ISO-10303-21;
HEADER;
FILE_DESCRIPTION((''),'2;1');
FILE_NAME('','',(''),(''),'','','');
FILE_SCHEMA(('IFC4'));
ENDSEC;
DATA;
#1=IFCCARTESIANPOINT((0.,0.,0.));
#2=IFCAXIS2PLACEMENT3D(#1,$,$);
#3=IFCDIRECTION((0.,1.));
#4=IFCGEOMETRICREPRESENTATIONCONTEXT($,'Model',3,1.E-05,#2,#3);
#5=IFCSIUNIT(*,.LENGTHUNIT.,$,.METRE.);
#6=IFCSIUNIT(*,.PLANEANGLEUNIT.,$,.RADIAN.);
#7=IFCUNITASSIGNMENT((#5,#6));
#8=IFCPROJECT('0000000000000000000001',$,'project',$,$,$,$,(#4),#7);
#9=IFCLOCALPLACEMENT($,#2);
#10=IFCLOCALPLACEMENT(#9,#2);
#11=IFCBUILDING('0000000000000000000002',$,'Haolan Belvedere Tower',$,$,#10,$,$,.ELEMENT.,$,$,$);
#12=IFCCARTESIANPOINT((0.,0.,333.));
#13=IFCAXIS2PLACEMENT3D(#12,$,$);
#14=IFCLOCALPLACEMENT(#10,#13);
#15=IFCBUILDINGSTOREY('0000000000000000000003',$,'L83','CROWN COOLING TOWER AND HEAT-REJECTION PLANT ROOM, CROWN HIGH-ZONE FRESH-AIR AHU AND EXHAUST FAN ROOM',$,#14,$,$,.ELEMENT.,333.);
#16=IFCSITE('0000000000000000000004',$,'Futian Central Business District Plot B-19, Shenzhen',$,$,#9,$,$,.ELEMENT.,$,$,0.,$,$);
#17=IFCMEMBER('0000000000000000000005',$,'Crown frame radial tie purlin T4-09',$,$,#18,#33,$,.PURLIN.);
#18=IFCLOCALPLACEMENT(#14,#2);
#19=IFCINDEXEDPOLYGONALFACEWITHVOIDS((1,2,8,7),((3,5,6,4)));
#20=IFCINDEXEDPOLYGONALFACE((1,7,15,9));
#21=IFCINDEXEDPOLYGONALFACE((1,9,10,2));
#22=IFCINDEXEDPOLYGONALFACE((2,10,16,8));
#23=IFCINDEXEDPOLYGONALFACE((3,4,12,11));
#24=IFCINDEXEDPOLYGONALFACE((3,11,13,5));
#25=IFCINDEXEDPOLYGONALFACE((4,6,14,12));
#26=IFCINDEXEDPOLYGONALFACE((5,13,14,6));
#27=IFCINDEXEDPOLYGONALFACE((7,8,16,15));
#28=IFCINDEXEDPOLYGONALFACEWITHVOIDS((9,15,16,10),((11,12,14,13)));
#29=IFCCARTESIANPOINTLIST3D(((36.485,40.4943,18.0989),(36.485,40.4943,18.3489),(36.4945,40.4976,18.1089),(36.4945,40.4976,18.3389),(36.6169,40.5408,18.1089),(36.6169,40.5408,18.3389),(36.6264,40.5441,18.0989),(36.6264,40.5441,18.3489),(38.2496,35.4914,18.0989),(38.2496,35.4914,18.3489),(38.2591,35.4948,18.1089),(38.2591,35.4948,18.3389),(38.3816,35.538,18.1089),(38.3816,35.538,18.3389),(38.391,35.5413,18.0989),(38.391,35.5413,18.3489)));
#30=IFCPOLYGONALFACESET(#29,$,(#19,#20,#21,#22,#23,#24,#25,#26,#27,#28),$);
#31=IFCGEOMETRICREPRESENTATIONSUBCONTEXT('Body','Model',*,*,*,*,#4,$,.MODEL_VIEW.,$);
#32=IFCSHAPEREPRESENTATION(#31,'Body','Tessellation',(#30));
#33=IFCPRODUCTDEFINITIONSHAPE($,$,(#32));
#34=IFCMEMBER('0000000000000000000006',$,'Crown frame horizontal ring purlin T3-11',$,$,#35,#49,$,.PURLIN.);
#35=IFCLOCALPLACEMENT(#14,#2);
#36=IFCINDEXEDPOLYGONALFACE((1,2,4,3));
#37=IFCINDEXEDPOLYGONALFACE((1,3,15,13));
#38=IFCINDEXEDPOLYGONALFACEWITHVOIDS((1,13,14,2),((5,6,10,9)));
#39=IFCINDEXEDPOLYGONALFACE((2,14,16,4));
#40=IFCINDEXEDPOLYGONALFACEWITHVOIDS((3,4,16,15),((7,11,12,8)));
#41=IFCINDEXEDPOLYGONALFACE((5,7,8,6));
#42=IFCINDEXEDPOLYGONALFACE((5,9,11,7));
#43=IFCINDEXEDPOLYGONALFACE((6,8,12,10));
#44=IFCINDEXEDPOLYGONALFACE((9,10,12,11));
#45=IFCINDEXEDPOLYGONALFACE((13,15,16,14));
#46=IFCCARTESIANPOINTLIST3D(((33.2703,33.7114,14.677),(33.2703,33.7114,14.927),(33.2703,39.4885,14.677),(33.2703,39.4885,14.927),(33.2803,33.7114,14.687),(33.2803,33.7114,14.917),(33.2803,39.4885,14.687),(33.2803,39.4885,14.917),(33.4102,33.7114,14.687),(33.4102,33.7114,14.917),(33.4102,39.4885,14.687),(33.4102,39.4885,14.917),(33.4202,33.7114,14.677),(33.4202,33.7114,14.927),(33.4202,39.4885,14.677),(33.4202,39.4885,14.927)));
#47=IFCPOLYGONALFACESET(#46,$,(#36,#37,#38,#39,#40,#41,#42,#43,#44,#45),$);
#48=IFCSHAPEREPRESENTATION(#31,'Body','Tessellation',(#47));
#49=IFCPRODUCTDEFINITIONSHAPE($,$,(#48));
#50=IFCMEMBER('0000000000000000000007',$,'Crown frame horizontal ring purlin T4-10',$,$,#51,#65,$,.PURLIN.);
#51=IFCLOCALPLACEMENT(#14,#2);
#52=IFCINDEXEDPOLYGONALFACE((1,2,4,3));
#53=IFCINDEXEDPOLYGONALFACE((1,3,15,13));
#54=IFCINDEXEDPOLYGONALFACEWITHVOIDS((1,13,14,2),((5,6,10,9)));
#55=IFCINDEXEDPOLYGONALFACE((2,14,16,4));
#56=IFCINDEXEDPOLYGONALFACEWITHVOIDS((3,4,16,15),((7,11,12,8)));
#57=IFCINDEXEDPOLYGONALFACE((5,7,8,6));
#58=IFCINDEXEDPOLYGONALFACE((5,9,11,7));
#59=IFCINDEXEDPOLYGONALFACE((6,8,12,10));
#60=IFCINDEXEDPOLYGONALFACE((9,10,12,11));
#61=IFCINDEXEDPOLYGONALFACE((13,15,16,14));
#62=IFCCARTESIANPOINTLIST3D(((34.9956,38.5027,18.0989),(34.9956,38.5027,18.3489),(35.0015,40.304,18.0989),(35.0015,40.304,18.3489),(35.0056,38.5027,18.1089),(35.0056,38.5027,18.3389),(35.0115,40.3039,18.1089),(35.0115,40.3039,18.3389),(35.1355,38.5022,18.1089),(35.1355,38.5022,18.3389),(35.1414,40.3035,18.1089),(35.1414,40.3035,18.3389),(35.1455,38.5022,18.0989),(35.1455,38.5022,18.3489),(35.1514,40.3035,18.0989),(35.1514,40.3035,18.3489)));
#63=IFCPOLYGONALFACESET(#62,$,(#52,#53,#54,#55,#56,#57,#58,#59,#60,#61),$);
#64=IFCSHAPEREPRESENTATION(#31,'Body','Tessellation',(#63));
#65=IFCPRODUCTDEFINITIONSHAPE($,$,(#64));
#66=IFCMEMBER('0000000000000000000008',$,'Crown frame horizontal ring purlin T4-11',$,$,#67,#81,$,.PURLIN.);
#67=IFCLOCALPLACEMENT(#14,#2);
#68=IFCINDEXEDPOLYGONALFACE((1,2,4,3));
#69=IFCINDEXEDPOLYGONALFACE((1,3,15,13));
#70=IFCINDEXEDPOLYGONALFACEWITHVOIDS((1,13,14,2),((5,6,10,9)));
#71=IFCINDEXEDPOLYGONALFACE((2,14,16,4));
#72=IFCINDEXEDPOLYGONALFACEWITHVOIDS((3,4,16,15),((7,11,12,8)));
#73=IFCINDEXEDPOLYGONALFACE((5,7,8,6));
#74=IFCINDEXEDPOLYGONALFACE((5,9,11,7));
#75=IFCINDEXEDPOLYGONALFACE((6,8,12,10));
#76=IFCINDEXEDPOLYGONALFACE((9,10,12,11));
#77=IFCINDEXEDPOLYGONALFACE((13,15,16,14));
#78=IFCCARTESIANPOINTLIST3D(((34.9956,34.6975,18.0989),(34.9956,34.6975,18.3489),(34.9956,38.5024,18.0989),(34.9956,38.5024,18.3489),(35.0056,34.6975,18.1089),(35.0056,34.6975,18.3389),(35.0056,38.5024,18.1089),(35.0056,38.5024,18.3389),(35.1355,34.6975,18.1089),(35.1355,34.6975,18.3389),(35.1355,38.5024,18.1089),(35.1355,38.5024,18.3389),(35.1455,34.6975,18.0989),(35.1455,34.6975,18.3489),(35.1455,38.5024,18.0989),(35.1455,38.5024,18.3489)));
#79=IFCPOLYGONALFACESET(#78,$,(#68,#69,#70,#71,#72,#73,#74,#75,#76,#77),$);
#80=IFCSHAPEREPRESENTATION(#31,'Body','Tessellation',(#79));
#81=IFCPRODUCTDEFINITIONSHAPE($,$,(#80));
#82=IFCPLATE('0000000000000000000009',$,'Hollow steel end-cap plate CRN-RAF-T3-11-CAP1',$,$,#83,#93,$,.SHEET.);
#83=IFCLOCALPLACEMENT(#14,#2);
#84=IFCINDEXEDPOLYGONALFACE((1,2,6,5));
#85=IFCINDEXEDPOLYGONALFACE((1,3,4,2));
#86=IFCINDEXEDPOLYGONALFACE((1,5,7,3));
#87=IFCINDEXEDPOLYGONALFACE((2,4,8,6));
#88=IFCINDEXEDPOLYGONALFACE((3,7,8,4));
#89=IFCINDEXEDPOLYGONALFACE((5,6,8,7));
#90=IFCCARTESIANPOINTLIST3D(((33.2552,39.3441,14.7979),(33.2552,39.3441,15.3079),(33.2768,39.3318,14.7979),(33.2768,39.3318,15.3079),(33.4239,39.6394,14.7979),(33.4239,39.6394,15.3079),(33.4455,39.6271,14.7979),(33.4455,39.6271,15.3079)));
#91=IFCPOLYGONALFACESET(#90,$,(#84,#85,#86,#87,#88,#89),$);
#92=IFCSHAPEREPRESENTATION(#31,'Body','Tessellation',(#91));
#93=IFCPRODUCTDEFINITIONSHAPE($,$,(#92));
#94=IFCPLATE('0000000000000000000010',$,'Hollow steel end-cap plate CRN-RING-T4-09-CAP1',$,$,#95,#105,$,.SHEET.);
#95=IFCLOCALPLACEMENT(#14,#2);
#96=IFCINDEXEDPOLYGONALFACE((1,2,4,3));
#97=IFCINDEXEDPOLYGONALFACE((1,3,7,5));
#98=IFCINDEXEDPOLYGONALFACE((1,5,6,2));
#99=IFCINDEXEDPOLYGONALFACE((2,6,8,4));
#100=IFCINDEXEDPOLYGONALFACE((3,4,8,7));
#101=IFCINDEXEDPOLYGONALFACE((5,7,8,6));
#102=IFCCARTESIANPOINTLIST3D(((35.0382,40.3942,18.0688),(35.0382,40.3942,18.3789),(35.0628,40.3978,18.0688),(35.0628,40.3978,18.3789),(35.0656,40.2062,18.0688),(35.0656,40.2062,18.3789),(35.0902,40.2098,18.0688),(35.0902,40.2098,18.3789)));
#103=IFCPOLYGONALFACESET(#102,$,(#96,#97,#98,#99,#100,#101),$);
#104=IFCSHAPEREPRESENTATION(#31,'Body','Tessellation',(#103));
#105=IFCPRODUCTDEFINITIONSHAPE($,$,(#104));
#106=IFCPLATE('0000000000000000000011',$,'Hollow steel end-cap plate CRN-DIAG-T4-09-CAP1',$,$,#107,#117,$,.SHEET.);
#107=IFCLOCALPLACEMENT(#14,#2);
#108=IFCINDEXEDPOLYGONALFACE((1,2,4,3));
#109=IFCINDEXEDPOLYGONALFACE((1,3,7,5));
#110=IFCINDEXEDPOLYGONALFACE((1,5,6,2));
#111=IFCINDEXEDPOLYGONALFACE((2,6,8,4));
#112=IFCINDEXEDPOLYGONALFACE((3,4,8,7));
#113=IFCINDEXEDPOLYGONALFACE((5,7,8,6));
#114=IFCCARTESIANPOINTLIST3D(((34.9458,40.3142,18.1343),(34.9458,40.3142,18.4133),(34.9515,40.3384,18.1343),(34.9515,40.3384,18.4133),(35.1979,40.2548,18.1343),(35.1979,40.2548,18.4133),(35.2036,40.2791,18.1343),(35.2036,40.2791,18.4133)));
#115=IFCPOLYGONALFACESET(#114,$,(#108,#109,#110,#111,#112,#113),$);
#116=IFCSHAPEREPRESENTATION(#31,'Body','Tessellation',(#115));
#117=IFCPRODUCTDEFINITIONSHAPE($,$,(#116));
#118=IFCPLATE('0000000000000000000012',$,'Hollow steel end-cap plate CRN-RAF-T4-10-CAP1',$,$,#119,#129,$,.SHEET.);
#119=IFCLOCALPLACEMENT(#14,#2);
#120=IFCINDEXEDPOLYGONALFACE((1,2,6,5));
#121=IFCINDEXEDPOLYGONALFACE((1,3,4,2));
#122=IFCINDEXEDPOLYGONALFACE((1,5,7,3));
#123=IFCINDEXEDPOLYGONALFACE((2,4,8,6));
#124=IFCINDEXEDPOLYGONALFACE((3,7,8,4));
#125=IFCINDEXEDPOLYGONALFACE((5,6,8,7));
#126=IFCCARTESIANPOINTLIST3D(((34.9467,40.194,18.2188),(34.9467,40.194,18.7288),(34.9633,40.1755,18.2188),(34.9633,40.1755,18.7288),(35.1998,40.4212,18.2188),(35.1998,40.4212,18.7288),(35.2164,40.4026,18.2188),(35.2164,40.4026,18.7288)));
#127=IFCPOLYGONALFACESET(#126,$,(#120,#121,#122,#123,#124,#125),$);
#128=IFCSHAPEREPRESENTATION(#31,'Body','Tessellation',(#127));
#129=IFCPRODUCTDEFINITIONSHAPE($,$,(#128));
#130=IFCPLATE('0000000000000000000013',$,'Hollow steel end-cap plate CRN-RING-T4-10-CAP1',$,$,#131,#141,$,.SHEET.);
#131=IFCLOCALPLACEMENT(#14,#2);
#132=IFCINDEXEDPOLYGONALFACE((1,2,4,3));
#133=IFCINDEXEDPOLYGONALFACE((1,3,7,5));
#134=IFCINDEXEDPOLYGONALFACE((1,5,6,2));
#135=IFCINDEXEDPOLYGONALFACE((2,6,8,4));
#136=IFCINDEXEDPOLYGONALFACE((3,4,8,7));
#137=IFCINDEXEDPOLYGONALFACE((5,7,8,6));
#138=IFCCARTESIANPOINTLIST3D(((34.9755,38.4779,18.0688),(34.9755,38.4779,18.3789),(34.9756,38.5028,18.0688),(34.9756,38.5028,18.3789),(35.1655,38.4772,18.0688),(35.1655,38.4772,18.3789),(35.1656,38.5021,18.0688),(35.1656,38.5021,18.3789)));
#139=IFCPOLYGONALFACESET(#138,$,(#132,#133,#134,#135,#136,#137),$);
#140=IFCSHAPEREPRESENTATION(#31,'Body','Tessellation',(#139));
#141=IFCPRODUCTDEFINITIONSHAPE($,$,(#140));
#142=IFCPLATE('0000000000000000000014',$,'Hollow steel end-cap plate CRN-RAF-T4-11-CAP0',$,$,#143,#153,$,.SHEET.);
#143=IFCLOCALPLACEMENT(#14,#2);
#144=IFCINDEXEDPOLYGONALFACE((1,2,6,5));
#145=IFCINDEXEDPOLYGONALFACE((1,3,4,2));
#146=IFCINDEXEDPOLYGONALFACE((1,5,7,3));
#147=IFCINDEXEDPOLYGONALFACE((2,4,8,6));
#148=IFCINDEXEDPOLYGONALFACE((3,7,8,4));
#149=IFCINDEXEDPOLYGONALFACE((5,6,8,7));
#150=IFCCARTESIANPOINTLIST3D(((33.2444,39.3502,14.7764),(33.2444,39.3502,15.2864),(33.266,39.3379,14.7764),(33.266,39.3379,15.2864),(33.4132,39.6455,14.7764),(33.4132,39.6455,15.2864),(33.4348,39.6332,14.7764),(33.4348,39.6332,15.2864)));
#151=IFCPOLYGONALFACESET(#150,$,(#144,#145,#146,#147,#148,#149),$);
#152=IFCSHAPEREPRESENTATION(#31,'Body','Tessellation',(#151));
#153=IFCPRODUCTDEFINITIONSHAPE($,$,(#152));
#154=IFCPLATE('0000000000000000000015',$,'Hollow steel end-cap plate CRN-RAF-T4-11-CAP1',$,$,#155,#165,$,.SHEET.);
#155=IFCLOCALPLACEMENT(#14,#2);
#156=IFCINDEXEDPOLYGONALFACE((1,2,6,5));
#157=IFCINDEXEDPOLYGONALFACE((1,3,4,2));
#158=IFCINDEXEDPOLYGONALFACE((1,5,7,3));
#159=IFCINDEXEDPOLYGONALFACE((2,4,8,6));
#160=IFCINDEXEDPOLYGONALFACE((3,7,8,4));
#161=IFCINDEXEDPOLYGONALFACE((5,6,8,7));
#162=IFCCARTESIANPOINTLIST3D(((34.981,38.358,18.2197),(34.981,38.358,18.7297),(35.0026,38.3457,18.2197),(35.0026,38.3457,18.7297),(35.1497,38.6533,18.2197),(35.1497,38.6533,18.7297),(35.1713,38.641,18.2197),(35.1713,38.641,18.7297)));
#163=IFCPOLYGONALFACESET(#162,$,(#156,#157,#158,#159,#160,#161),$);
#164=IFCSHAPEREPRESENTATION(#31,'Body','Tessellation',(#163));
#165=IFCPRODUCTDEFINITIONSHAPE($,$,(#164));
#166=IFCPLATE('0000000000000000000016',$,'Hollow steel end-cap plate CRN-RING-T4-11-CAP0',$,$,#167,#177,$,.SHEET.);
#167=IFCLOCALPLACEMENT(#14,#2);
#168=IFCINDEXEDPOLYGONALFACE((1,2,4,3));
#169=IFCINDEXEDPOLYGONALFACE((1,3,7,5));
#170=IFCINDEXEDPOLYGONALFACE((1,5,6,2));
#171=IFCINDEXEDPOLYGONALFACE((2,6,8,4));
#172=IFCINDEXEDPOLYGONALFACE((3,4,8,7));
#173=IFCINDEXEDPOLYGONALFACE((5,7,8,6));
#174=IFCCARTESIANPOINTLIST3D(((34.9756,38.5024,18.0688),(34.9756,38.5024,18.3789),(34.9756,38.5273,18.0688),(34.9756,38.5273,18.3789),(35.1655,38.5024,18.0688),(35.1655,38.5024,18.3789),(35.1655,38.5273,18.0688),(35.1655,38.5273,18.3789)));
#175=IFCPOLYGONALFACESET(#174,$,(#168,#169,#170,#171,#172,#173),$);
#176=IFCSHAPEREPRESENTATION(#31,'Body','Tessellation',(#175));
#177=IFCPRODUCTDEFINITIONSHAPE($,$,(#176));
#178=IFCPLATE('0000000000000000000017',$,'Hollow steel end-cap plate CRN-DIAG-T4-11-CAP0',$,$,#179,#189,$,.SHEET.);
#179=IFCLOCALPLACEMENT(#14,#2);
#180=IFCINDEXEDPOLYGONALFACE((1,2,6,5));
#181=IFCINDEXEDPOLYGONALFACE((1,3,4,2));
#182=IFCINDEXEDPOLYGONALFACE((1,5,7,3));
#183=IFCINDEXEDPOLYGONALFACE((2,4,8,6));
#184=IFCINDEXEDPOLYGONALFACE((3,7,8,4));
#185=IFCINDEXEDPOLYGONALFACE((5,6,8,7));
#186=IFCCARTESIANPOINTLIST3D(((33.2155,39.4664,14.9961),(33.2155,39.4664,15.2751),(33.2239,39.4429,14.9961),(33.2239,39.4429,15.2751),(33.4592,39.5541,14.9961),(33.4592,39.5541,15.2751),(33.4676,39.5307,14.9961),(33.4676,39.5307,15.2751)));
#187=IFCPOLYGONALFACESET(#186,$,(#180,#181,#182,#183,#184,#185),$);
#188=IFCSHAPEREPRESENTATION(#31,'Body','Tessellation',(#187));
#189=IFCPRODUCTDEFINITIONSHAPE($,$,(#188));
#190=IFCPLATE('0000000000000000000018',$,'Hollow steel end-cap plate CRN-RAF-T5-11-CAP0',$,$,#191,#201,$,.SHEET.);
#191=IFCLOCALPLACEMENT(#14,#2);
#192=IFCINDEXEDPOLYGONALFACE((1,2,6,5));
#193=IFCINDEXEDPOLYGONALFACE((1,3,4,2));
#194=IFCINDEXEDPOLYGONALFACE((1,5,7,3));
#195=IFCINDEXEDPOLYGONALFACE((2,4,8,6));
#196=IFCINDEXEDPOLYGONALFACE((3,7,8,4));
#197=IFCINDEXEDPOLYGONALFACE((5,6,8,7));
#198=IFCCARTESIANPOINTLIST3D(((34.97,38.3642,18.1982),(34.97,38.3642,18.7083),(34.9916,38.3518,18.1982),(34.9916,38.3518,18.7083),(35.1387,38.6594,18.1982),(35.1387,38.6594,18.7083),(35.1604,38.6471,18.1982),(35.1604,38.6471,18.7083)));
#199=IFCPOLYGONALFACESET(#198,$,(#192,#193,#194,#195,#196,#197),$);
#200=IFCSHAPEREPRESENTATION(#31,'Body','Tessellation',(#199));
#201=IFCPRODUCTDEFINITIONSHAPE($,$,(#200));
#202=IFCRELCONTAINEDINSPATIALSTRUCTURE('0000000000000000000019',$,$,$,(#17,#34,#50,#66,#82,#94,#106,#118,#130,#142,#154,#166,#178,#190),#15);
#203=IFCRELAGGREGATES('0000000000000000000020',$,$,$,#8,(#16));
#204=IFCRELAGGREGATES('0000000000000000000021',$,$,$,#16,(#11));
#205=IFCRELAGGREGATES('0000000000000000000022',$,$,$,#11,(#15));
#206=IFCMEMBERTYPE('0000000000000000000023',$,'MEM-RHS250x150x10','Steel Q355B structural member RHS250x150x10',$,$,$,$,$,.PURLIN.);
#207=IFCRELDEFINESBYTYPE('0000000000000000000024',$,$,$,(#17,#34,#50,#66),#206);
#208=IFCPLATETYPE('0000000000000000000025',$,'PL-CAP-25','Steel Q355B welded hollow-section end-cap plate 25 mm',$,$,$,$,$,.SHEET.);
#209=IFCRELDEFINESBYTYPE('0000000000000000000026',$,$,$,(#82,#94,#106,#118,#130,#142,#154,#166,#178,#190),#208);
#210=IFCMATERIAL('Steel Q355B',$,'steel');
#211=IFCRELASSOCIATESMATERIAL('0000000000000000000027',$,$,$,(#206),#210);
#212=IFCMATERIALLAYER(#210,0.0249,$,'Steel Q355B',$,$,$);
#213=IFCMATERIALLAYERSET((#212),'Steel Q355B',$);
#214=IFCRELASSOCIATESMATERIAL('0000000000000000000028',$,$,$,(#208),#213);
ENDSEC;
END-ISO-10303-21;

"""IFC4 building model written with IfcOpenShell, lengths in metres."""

from ifc_helpers import new_model, si_unit, direction, frame, origin, origin_2d, place, context, subcontext, project, spatial, rectangle, hollow_rectangle, extrude, material, layer, layer_set, material_profile, profile_set, type_object, element, save


model = new_model("IFC4")

# Units and contexts
model_context = context("Model", 3, precision=1e-05, world=origin(), true_north=direction((0.0, 1.0)))
body_context = subcontext(model_context, "Body", "Model", "MODEL_VIEW")
ifc_project = project(units=[si_unit("LENGTHUNIT", "METRE"), si_unit("PLANEANGLEUNIT", "RADIAN")], contexts=[model_context])

# Site, building, storey
site_placement = place(None, origin())
site = spatial("IfcSite", under=ifc_project, at=site_placement, Name="Futian Central Business District Plot B-19, Shenzhen", CompositionType="ELEMENT", RefElevation=0.0)
building_placement = place(site_placement, origin())
building = spatial("IfcBuilding", under=site, at=building_placement, Name="Haolan Belvedere Tower", CompositionType="ELEMENT")
storey_placement = place(building_placement, frame((0.0, 0.0, 333.0)))
storey = spatial("IfcBuildingStorey", under=building, at=storey_placement, Name="L83", Description="CROWN COOLING TOWER AND HEAT-REJECTION PLANT ROOM, CROWN HIGH-ZONE FRESH-AIR AHU AND EXHAUST FAN ROOM", CompositionType="ELEMENT", Elevation=333.0)

# Members
ifc_material_1 = material(Name="Steel Q355B", Category="steel")
ifc_material_profile_1 = material_profile(ifc_material_1, hollow_rectangle(XDim=0.1499, YDim=0.25, WallThickness=0.01, at=origin_2d()), Name="Steel Q355B")
ifc_profile_set_1 = profile_set([ifc_material_profile_1], Name="Steel Q355B")
member_type_1 = type_object("IfcMemberType", Name="MEM-RHS250x150x10", Description="Steel Q355B structural member RHS250x150x10", PredefinedType="PURLIN", material=ifc_profile_set_1)
member_1_placement = place(storey_placement, frame((38.3203, 35.5164, 18.2239), z_axis=(-0.332637, 0.943055, 0.0), x_axis=(-0.943055, -0.332637, 0.0)))
element("IfcMember", 1, at=member_1_placement, inside=storey, type_object=member_type_1, Name="Crown frame radial tie purlin T4-09", PredefinedType="PURLIN", context=body_context, shape_type="SweptSolid", body=[
    extrude(hollow_rectangle(XDim=0.1499, YDim=0.25, WallThickness=0.01, at=origin_2d()), origin(), (0.0, 0.0, 1.0), 5.3049),
])
member_2_placement = place(storey_placement, frame((33.3452, 39.4885, 14.802), z_axis=(0.0, -1.0, 0.0), x_axis=(1.0, 0.0, 0.0)))
element("IfcMember", 2, at=member_2_placement, inside=storey, type_object=member_type_1, Name="Crown frame horizontal ring purlin T3-11", PredefinedType="PURLIN", context=body_context, shape_type="SweptSolid", body=[
    extrude(hollow_rectangle(XDim=0.1499, YDim=0.25, WallThickness=0.01, at=origin_2d()), origin(), (0.0, 0.0, 1.0), 5.7771),
])
member_3_placement = place(storey_placement, frame((35.0764, 40.3037, 18.2239), z_axis=(-0.003253, -0.999995, 0.0), x_axis=(0.999995, -0.003253, 0.0)))
element("IfcMember", 3, at=member_3_placement, inside=storey, type_object=member_type_1, Name="Crown frame horizontal ring purlin T4-10", PredefinedType="PURLIN", context=body_context, shape_type="SweptSolid", body=[
    extrude(hollow_rectangle(XDim=0.1499, YDim=0.25, WallThickness=0.01, at=origin_2d()), origin(), (0.0, 0.0, 1.0), 1.8013),
])
member_4_placement = place(storey_placement, frame((35.0706, 38.5024, 18.2239), z_axis=(0.0, -1.0, 0.0), x_axis=(1.0, 0.0, 0.0)))
element("IfcMember", 4, at=member_4_placement, inside=storey, type_object=member_type_1, Name="Crown frame horizontal ring purlin T4-11", PredefinedType="PURLIN", context=body_context, shape_type="SweptSolid", body=[
    extrude(hollow_rectangle(XDim=0.1499, YDim=0.25, WallThickness=0.01, at=origin_2d()), origin(), (0.0, 0.0, 1.0), 3.8049),
])

# Plates
ifc_layer_1 = layer(ifc_material_1, 0.0249, Name="Steel Q355B")
ifc_layer_set_1 = layer_set([ifc_layer_1], Name="Steel Q355B")
plate_type = type_object("IfcPlateType", Name="PL-CAP-25", Description="Steel Q355B welded hollow-section end-cap plate 25 mm", PredefinedType="SHEET", material=ifc_layer_set_1)
plate_1_placement = place(storey_placement, frame((33.3503, 39.4856, 14.7979), z_axis=(0.0, 0.0, 1.0), x_axis=(0.496141, 0.868242, 0.0)))
element("IfcPlate", 5, at=plate_1_placement, inside=storey, type_object=plate_type, Name="Hollow steel end-cap plate CRN-RAF-T3-11-CAP1", PredefinedType="SHEET", context=body_context, shape_type="SweptSolid", body=[
    extrude(rectangle(XDim=0.3401, YDim=0.0249, at=origin_2d()), origin(), (0.0, 0.0, 1.0), 0.51),
])
plate_2_placement = place(storey_placement, frame((35.0642, 40.302, 18.0688), z_axis=(0.0, 0.0, 1.0), x_axis=(0.144166, -0.989553, 0.0)))
element("IfcPlate", 6, at=plate_2_placement, inside=storey, type_object=plate_type, Name="Hollow steel end-cap plate CRN-RING-T4-09-CAP1", PredefinedType="SHEET", context=body_context, shape_type="SweptSolid", body=[
    extrude(rectangle(XDim=0.1899, YDim=0.0249, at=origin_2d()), origin(), (0.0, 0.0, 1.0), 0.3101),
])
plate_3_placement = place(storey_placement, frame((35.0747, 40.2966, 18.1343), z_axis=(0.0, 0.0, 1.0), x_axis=(0.973379, -0.2292, 0.0)))
element("IfcPlate", 7, at=plate_3_placement, inside=storey, type_object=plate_type, Name="Hollow steel end-cap plate CRN-DIAG-T4-09-CAP1", PredefinedType="SHEET", context=body_context, shape_type="SweptSolid", body=[
    extrude(rectangle(XDim=0.259, YDim=0.0249, at=origin_2d()), origin(), (0.0, 0.0, 1.0), 0.2791),
])
plate_4_placement = place(storey_placement, frame((35.0815, 40.2983, 18.2188), z_axis=(0.0, 0.0, 1.0), x_axis=(0.744288, 0.667859, 0.0)))
element("IfcPlate", 8, at=plate_4_placement, inside=storey, type_object=plate_type, Name="Hollow steel end-cap plate CRN-RAF-T4-10-CAP1", PredefinedType="SHEET", context=body_context, shape_type="SweptSolid", body=[
    extrude(rectangle(XDim=0.3401, YDim=0.0249, at=origin_2d()), origin(), (0.0, 0.0, 1.0), 0.51),
])
plate_5_placement = place(storey_placement, frame((35.0706, 38.49, 18.0688), z_axis=(0.0, 0.0, 1.0), x_axis=(0.999995, -0.003281, 0.0)))
element("IfcPlate", 9, at=plate_5_placement, inside=storey, type_object=plate_type, Name="Hollow steel end-cap plate CRN-RING-T4-10-CAP1", PredefinedType="SHEET", context=body_context, shape_type="SweptSolid", body=[
    extrude(rectangle(XDim=0.1899, YDim=0.0249, at=origin_2d()), origin(), (0.0, 0.0, 1.0), 0.3101),
])
for number, where, z_axis, x_axis, name in (
    (10, (33.3396, 39.4917, 14.7764), (0.0, 0.0, 1.0), (-0.496141, -0.868242, 0.0), "Hollow steel end-cap plate CRN-RAF-T4-11-CAP0"),
    (11, (35.0762, 38.4995, 18.2197), (0.0, 0.0, 1.0), (0.496141, 0.868242, 0.0), "Hollow steel end-cap plate CRN-RAF-T4-11-CAP1"),
):
    element("IfcPlate", number, at=place(storey_placement, frame(where, z_axis=z_axis, x_axis=x_axis)), inside=storey, type_object=plate_type, Name=name, PredefinedType="SHEET", context=body_context, shape_type="SweptSolid", body=[
        extrude(rectangle(XDim=0.3401, YDim=0.0249, at=origin_2d()), origin(), (0.0, 0.0, 1.0), 0.51),
    ])
plate_6_placement = place(storey_placement, frame((35.0706, 38.5149, 18.0688), z_axis=(0.0, 0.0, 1.0), x_axis=(-1.0, 0.0, 0.0)))
element("IfcPlate", 12, at=plate_6_placement, inside=storey, type_object=plate_type, Name="Hollow steel end-cap plate CRN-RING-T4-11-CAP0", PredefinedType="SHEET", context=body_context, shape_type="SweptSolid", body=[
    extrude(rectangle(XDim=0.1899, YDim=0.0249, at=origin_2d()), origin(), (0.0, 0.0, 1.0), 0.3101),
])
plate_7_placement = place(storey_placement, frame((33.3416, 39.4985, 14.9961), z_axis=(0.0, 0.0, 1.0), x_axis=(-0.940839, -0.338853, 0.0)))
element("IfcPlate", 13, at=plate_7_placement, inside=storey, type_object=plate_type, Name="Hollow steel end-cap plate CRN-DIAG-T4-11-CAP0", PredefinedType="SHEET", context=body_context, shape_type="SweptSolid", body=[
    extrude(rectangle(XDim=0.259, YDim=0.0249, at=origin_2d()), origin(), (0.0, 0.0, 1.0), 0.2791),
])
plate_8_placement = place(storey_placement, frame((35.0652, 38.5056, 18.1982), z_axis=(0.0, 0.0, 1.0), x_axis=(-0.496141, -0.868242, 0.0)))
element("IfcPlate", 14, at=plate_8_placement, inside=storey, type_object=plate_type, Name="Hollow steel end-cap plate CRN-RAF-T5-11-CAP0", PredefinedType="SHEET", context=body_context, shape_type="SweptSolid", body=[
    extrude(rectangle(XDim=0.3401, YDim=0.0249, at=origin_2d()), origin(), (0.0, 0.0, 1.0), 0.51),
])

save(model, "model.ifc")
